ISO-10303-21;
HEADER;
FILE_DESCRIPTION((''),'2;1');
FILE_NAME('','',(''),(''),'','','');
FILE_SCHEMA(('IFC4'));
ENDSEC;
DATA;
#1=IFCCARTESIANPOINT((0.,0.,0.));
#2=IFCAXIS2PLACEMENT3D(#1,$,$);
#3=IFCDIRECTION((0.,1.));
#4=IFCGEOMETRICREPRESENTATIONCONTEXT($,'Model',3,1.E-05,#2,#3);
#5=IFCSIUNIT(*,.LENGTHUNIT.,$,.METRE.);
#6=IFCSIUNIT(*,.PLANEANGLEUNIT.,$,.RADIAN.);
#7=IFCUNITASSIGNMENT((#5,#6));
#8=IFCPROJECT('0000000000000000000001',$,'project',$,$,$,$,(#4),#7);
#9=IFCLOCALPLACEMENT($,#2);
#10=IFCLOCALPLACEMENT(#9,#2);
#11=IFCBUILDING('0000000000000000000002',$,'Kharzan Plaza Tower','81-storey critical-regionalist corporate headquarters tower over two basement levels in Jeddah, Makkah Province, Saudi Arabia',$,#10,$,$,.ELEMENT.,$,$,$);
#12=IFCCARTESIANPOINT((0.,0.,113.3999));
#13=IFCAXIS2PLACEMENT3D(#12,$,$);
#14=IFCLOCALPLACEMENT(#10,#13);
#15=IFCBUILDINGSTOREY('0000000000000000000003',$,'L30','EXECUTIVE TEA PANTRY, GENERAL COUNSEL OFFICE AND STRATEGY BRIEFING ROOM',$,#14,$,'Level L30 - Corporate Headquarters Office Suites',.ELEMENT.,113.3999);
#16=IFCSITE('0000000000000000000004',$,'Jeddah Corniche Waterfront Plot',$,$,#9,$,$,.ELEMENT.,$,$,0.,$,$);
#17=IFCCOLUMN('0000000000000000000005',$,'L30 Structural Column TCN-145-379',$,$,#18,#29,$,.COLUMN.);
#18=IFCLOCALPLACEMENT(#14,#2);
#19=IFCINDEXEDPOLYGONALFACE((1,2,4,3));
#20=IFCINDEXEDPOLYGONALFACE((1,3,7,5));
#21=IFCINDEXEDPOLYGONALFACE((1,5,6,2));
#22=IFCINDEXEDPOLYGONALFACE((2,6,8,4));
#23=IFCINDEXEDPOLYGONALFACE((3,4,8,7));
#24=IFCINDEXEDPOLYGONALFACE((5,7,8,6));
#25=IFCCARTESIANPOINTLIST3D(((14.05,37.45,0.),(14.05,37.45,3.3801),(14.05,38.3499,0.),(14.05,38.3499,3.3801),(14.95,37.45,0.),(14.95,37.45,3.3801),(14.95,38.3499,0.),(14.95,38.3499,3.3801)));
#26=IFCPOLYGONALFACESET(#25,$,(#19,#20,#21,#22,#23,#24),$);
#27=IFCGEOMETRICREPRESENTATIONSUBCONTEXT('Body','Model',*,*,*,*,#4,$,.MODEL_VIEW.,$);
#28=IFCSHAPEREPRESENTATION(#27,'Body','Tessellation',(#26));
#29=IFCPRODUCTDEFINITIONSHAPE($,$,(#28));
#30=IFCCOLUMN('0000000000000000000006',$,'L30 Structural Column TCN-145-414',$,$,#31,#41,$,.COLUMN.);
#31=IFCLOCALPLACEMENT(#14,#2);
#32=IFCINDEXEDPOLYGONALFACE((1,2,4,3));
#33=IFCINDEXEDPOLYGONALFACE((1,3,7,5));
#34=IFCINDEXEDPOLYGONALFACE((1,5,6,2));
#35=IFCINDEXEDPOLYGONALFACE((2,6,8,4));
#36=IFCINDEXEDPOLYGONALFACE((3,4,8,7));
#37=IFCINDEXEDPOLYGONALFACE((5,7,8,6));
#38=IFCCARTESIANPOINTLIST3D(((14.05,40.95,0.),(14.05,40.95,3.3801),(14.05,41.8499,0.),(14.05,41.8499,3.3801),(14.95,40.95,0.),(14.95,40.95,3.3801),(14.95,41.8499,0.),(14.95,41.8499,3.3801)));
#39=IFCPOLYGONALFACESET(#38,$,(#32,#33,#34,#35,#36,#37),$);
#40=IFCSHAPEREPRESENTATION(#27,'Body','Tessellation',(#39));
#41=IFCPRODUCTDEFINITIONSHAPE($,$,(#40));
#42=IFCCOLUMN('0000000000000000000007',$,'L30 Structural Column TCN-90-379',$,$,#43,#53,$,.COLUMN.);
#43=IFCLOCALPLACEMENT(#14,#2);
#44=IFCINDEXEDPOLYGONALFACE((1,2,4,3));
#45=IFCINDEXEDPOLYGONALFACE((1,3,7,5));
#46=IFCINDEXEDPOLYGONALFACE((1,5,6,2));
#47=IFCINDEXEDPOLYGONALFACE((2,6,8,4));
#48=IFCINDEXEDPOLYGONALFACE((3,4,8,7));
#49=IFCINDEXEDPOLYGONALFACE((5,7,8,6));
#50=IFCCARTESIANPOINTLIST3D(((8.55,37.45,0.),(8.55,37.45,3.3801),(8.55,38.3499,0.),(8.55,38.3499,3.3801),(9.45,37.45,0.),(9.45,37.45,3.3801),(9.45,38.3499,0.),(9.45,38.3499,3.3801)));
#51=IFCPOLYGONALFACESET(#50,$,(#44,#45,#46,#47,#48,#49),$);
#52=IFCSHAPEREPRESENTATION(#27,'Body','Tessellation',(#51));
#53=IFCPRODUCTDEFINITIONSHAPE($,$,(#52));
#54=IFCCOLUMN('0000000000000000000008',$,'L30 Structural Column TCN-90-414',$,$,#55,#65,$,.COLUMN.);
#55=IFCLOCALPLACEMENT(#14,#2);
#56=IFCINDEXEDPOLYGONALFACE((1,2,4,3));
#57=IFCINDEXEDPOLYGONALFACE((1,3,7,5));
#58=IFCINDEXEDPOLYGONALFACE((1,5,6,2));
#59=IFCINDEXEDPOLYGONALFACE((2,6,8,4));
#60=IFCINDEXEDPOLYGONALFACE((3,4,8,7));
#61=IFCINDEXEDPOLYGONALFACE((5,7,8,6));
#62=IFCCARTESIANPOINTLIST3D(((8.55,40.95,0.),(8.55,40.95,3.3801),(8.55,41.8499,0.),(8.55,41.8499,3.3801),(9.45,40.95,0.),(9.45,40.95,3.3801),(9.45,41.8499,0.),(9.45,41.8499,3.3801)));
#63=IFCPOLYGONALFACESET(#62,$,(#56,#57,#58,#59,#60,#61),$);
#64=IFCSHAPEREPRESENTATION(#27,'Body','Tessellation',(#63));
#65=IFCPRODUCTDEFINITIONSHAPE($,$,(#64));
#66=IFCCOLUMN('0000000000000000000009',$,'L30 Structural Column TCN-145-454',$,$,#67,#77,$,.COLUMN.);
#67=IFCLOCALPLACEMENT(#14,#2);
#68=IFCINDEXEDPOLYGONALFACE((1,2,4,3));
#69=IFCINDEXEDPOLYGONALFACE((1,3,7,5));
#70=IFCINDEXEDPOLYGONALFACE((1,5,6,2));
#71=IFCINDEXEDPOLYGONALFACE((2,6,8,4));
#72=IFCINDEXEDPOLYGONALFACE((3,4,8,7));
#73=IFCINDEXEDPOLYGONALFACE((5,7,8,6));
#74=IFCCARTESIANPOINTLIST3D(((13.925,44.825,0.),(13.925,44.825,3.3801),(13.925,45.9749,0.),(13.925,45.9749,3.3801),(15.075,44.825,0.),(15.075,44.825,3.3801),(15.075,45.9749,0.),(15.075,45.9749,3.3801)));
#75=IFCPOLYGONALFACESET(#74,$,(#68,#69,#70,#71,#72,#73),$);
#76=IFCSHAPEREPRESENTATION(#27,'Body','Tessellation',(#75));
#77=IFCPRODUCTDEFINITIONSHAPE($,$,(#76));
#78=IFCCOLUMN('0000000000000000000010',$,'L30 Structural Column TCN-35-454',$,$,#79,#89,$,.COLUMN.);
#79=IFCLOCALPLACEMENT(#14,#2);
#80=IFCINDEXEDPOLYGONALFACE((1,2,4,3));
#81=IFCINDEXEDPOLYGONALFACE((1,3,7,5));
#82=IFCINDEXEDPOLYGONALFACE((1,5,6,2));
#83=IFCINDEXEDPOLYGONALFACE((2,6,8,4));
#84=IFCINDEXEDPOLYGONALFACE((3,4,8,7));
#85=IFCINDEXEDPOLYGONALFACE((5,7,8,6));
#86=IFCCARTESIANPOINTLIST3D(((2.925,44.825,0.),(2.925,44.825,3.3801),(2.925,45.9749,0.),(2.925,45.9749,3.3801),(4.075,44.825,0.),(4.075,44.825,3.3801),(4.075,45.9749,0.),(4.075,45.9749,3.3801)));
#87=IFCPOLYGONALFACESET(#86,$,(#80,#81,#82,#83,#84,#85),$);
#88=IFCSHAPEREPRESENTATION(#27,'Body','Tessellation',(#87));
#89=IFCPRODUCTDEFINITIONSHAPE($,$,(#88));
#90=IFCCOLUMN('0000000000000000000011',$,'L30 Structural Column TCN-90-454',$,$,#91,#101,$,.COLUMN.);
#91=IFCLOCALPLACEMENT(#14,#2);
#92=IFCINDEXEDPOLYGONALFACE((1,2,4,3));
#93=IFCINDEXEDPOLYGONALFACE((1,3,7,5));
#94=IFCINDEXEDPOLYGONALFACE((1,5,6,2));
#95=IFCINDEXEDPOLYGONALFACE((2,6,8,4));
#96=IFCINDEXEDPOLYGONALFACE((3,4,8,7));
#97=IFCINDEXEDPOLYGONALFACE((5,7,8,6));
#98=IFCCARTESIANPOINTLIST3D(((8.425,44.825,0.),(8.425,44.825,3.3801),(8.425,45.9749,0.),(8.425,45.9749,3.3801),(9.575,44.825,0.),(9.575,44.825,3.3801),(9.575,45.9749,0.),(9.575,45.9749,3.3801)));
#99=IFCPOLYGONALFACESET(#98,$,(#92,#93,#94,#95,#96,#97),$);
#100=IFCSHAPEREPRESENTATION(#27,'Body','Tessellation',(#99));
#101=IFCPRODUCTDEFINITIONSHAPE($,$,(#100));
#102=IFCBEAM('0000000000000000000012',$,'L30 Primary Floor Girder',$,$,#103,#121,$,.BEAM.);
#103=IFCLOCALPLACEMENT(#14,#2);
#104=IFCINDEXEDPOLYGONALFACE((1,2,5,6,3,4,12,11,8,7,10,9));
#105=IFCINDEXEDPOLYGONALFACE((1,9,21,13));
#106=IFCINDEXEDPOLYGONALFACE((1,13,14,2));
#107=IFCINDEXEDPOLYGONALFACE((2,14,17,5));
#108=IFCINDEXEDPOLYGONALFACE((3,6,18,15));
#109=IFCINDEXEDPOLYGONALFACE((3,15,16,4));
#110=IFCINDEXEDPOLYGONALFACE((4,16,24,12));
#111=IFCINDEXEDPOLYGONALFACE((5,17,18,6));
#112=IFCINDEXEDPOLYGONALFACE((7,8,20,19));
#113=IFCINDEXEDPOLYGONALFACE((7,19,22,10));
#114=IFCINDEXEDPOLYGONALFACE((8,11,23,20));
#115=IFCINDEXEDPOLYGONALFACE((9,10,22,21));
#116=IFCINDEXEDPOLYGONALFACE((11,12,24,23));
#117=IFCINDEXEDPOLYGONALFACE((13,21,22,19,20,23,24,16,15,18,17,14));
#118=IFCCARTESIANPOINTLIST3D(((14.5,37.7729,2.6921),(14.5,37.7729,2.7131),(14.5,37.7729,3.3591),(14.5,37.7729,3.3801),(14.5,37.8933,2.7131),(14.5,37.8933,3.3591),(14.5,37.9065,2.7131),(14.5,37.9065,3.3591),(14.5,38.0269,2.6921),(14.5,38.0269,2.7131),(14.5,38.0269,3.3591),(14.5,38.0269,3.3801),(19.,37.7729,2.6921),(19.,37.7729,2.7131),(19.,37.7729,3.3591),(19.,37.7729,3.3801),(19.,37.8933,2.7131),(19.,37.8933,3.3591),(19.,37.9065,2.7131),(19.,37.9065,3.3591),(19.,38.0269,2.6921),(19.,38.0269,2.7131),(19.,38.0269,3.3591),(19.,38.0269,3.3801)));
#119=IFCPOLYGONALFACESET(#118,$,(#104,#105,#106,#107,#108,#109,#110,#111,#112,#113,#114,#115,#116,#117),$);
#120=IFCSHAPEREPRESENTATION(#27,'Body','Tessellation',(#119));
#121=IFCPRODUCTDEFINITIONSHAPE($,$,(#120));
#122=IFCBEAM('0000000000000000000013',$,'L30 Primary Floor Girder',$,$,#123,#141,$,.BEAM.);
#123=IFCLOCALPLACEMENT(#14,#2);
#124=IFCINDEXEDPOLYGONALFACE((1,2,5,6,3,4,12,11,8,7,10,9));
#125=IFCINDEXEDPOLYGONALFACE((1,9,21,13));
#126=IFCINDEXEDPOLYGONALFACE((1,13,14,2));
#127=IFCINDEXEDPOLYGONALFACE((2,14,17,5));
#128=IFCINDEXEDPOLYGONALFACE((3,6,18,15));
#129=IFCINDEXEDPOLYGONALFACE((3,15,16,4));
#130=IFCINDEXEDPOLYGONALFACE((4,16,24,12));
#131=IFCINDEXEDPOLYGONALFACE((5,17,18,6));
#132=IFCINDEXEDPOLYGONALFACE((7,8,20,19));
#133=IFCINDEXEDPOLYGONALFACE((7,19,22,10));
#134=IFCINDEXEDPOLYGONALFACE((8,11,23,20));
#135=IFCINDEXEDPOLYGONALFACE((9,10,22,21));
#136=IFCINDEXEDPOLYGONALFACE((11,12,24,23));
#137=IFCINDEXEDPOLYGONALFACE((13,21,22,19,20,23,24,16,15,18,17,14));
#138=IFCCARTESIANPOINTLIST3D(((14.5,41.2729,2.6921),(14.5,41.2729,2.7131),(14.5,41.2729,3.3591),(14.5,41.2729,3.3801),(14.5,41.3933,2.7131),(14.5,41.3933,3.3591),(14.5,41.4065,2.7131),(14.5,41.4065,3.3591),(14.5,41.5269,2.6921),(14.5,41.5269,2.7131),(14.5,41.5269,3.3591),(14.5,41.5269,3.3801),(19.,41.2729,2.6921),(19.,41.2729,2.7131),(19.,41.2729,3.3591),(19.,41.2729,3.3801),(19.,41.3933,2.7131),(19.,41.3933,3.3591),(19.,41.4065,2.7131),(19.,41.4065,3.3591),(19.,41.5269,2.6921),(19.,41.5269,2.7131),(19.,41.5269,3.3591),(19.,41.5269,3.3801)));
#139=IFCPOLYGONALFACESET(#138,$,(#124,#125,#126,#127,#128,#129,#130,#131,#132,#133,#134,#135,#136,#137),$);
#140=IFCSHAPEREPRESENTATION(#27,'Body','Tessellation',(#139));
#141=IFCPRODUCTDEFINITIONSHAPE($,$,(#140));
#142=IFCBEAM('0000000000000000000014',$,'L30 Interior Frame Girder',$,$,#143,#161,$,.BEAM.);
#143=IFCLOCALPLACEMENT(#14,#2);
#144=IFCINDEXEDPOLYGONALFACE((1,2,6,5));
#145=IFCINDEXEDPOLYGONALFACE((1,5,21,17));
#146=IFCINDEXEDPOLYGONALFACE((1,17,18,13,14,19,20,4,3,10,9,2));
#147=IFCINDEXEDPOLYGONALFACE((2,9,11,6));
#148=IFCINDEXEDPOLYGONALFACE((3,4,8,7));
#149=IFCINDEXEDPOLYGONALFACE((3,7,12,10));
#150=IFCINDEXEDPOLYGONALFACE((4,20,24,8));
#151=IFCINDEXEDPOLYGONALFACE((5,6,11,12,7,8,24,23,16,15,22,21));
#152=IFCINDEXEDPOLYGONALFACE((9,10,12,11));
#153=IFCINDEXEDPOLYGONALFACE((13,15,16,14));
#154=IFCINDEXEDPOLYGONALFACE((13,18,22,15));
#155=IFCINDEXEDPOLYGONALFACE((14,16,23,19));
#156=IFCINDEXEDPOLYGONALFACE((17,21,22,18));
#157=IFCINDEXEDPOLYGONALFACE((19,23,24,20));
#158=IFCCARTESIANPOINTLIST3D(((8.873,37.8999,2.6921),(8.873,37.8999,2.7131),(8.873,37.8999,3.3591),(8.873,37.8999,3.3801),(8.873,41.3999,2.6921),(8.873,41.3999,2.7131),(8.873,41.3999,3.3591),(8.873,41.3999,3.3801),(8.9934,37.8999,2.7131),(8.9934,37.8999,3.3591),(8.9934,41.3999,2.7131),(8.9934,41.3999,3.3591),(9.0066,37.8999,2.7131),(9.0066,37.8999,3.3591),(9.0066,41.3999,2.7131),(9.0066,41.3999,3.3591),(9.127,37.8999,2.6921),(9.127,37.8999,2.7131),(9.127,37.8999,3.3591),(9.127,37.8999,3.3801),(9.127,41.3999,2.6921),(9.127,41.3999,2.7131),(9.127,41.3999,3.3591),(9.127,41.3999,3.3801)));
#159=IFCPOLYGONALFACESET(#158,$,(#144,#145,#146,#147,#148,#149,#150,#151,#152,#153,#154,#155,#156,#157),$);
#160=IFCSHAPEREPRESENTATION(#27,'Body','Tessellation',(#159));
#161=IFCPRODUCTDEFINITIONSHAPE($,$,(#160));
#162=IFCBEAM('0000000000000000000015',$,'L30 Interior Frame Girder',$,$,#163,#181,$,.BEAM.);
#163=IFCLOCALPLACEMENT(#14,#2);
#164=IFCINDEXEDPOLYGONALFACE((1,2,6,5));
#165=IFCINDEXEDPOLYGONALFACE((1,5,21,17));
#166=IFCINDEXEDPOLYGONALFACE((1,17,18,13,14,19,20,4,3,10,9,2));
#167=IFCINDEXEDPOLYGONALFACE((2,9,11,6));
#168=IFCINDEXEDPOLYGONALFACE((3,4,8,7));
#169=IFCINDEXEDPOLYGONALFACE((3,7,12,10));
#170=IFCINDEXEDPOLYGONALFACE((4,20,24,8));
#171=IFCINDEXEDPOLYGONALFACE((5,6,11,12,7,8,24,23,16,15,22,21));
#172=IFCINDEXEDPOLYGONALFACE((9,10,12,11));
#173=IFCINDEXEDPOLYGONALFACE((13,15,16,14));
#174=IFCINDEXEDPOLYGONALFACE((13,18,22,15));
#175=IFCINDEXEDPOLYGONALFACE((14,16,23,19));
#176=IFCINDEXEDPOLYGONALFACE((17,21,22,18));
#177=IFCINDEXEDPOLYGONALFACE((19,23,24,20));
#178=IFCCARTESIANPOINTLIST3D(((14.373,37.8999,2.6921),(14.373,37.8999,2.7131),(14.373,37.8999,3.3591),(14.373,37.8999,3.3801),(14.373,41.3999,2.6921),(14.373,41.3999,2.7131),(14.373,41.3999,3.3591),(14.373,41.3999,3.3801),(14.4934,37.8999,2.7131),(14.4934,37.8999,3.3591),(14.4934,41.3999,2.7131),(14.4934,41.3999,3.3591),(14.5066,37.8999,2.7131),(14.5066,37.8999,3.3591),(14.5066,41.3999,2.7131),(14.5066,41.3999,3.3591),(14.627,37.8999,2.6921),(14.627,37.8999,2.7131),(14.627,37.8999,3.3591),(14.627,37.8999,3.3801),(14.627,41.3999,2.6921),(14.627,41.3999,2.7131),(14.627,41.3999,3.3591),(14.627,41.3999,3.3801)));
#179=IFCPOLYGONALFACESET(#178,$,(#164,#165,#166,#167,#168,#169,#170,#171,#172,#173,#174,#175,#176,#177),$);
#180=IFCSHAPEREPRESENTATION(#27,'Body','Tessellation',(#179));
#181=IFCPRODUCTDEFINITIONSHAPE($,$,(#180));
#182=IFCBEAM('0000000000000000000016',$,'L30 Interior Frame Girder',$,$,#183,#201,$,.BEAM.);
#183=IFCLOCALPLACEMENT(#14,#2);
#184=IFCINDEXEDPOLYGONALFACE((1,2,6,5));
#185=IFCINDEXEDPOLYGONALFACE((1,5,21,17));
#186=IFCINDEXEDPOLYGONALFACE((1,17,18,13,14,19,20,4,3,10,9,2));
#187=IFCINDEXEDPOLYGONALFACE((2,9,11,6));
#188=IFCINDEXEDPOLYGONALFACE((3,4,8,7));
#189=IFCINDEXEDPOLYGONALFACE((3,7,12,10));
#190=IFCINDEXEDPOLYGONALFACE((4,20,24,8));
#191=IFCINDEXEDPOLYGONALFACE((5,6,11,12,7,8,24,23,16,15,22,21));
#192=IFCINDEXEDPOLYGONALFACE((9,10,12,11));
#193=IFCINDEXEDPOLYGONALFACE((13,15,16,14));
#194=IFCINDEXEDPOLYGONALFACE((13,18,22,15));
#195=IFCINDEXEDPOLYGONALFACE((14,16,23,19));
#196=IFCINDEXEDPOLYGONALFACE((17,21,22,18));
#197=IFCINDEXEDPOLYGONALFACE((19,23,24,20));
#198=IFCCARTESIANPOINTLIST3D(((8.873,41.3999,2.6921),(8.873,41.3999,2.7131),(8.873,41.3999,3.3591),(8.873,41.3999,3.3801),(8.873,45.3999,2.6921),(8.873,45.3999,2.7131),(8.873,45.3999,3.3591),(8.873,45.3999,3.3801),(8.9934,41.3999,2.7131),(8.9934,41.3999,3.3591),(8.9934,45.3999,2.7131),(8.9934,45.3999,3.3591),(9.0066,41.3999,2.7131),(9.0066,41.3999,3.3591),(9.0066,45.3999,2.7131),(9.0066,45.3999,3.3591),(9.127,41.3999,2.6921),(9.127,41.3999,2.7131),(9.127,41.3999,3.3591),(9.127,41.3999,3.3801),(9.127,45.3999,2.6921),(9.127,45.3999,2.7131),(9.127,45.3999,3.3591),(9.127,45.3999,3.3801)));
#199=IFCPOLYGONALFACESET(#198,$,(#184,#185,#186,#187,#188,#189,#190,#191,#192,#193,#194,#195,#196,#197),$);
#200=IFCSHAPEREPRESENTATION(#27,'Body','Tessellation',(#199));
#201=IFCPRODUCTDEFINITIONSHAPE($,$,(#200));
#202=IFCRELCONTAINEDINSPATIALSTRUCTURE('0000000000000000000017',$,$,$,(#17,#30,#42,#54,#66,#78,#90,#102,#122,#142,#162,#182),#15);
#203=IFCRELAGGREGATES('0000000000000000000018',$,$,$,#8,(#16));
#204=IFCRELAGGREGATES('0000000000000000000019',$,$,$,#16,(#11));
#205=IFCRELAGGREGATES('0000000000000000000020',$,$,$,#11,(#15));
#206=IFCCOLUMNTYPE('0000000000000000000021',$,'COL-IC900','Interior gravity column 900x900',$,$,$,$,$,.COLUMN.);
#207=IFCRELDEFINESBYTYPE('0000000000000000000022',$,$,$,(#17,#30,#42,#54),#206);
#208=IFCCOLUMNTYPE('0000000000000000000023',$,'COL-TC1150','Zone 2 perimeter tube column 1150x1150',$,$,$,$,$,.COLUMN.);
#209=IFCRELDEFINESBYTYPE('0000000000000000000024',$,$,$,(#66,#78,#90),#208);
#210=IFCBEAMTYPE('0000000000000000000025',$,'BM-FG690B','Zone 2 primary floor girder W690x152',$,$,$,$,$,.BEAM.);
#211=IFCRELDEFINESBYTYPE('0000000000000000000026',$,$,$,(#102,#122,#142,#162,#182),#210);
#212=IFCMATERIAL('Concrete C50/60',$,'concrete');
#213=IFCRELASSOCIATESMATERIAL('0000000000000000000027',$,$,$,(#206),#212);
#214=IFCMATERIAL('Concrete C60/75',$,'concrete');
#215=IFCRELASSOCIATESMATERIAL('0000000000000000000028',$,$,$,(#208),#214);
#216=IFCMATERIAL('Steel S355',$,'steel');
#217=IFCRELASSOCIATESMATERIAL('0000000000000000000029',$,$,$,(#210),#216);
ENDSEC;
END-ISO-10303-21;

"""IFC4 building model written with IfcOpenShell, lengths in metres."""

from ifc_helpers import new_model, si_unit, direction, frame, origin, origin_2d, place, context, subcontext, project, spatial, rectangle, i_section, extrude, source, transform, mapped, material, material_profile, profile_set, type_object, element, save


model = new_model("IFC4")

# Units and contexts
model_context = context("Model", 3, precision=1e-05, world=origin(), true_north=direction((0.0, 1.0)))
body_context = subcontext(model_context, "Body", "Model", "MODEL_VIEW")
ifc_project = project(units=[si_unit("LENGTHUNIT", "METRE"), si_unit("PLANEANGLEUNIT", "RADIAN")], contexts=[model_context])

# Site, building, storey
site_placement = place(None, origin())
site = spatial("IfcSite", under=ifc_project, at=site_placement, Name="Jeddah Corniche Waterfront Plot", CompositionType="ELEMENT", RefElevation=0.0)
building_placement = place(site_placement, origin())
building = spatial("IfcBuilding", under=site, at=building_placement, Name="Kharzan Plaza Tower", Description="81-storey critical-regionalist corporate headquarters tower over two basement levels in Jeddah, Makkah Province, Saudi Arabia", CompositionType="ELEMENT")
storey_placement = place(building_placement, frame((0.0, 0.0, 113.3999)))
storey = spatial("IfcBuildingStorey", under=building, at=storey_placement, Name="L30", Description="EXECUTIVE TEA PANTRY, GENERAL COUNSEL OFFICE AND STRATEGY BRIEFING ROOM", LongName="Level L30 - Corporate Headquarters Office Suites", CompositionType="ELEMENT", Elevation=113.3999)

# Columns
ifc_material_1 = material(Name="Concrete C50/60", Category="concrete")
ifc_material_profile_1 = material_profile(ifc_material_1, rectangle(XDim=0.8999, YDim=0.8999, at=origin_2d()), Name="RC-IC900x900")
ifc_profile_set_1 = profile_set([ifc_material_profile_1], Name="Concrete C50/60")
column_type_1 = type_object("IfcColumnType", Name="COL-IC900", Description="Interior gravity column 900x900", PredefinedType="COLUMN", material=ifc_profile_set_1)
shared_shape_1 = source(origin(), body_context, "Body", "SweptSolid", [
    extrude(rectangle(XDim=0.8999, YDim=0.8999, at=origin_2d()), origin(), (0.0, 0.0, 1.0), 3.3801),
])
for number, where, z_axis, x_axis, name in (
    (1, (14.5, 37.8999, 0.0), (0.0, 0.0, 1.0), (1.0, 0.0, 0.0), "L30 Structural Column TCN-145-379"),
    (2, (14.5, 41.3999, 0.0), (0.0, 0.0, 1.0), (1.0, 0.0, 0.0), "L30 Structural Column TCN-145-414"),
    (3, (9.0, 37.8999, 0.0), (0.0, 0.0, 1.0), (1.0, 0.0, 0.0), "L30 Structural Column TCN-90-379"),
    (4, (9.0, 41.3999, 0.0), (0.0, 0.0, 1.0), (1.0, 0.0, 0.0), "L30 Structural Column TCN-90-414"),
):
    element("IfcColumn", number, at=place(storey_placement, frame(where, z_axis=z_axis, x_axis=x_axis)), inside=storey, type_object=column_type_1, Name=name, PredefinedType="COLUMN", context=body_context, shape_type="MappedRepresentation", body=[
        mapped(shared_shape_1, transform((0.0, 0.0, 0.0), x_axis=(1.0, 0.0, 0.0), y_axis=(0.0, 1.0, 0.0), z_axis=(0.0, 0.0, 1.0))),
    ])
ifc_material_2 = material(Name="Concrete C60/75", Category="concrete")
ifc_material_profile_2 = material_profile(ifc_material_2, rectangle(XDim=1.1499, YDim=1.1499, at=origin_2d()), Name="RC-TC1150x1150")
ifc_profile_set_2 = profile_set([ifc_material_profile_2], Name="Concrete C60/75")
column_type_2 = type_object("IfcColumnType", Name="COL-TC1150", Description="Zone 2 perimeter tube column 1150x1150", PredefinedType="COLUMN", material=ifc_profile_set_2)
shared_shape_2 = source(origin(), body_context, "Body", "SweptSolid", [
    extrude(rectangle(XDim=1.1499, YDim=1.1499, at=origin_2d()), origin(), (0.0, 0.0, 1.0), 3.3801),
])
for number, where, z_axis, x_axis, name in (
    (5, (14.5, 45.3999, 0.0), (0.0, 0.0, 1.0), (1.0, 0.0, 0.0), "L30 Structural Column TCN-145-454"),
    (6, (3.5, 45.3999, 0.0), (0.0, 0.0, 1.0), (1.0, 0.0, 0.0), "L30 Structural Column TCN-35-454"),
    (7, (9.0, 45.3999, 0.0), (0.0, 0.0, 1.0), (1.0, 0.0, 0.0), "L30 Structural Column TCN-90-454"),
):
    element("IfcColumn", number, at=place(storey_placement, frame(where, z_axis=z_axis, x_axis=x_axis)), inside=storey, type_object=column_type_2, Name=name, PredefinedType="COLUMN", context=body_context, shape_type="MappedRepresentation", body=[
        mapped(shared_shape_2, transform((0.0, 0.0, 0.0), x_axis=(1.0, 0.0, 0.0), y_axis=(0.0, 1.0, 0.0), z_axis=(0.0, 0.0, 1.0))),
    ])

# Beams
ifc_material_3 = material(Name="Steel S355", Category="steel")
ifc_material_profile_3 = material_profile(ifc_material_3, i_section(OverallWidth=0.2539, OverallDepth=0.688, WebThickness=0.0132, FlangeThickness=0.021, at=origin_2d()), Name="W690x152")
ifc_profile_set_3 = profile_set([ifc_material_profile_3], Name="Steel S355")
beam_type_1 = type_object("IfcBeamType", Name="BM-FG690B", Description="Zone 2 primary floor girder W690x152", PredefinedType="BEAM", material=ifc_profile_set_3)
shared_shape_3 = source(origin(), body_context, "Body", "SweptSolid", [
    extrude(i_section(OverallWidth=0.2539, OverallDepth=0.688, WebThickness=0.0132, FlangeThickness=0.021, at=origin_2d()), origin(), (0.0, 0.0, 1.0), 4.5),
])
for number, where, z_axis, x_axis, name in (
    (8, (14.5, 37.8999, 3.0361), (1.0, 0.0, 0.0), (0.0, 1.0, 0.0), "L30 Primary Floor Girder"),
    (9, (14.5, 41.3999, 3.0361), (1.0, 0.0, 0.0), (0.0, 1.0, 0.0), "L30 Primary Floor Girder"),
):
    element("IfcBeam", number, at=place(storey_placement, frame(where, z_axis=z_axis, x_axis=x_axis)), inside=storey, type_object=beam_type_1, Name=name, PredefinedType="BEAM", context=body_context, shape_type="MappedRepresentation", body=[
        mapped(shared_shape_3, transform((0.0, 0.0, 0.0), x_axis=(1.0, 0.0, 0.0), y_axis=(0.0, 1.0, 0.0), z_axis=(0.0, 0.0, 1.0))),
    ])
shared_shape_4 = source(origin(), body_context, "Body", "SweptSolid", [
    extrude(i_section(OverallWidth=0.2539, OverallDepth=0.688, WebThickness=0.0132, FlangeThickness=0.021, at=origin_2d()), origin(), (0.0, 0.0, 1.0), 3.5),
])
for number, where, z_axis, x_axis, name in (
    (10, (9.0, 37.8999, 3.0361), (0.0, 1.0, 0.0), (-1.0, 0.0, 0.0), "L30 Interior Frame Girder"),
    (11, (14.5, 37.8999, 3.0361), (0.0, 1.0, 0.0), (-1.0, 0.0, 0.0), "L30 Interior Frame Girder"),
):
    element("IfcBeam", number, at=place(storey_placement, frame(where, z_axis=z_axis, x_axis=x_axis)), inside=storey, type_object=beam_type_1, Name=name, PredefinedType="BEAM", context=body_context, shape_type="MappedRepresentation", body=[
        mapped(shared_shape_4, transform((0.0, 0.0, 0.0), x_axis=(1.0, 0.0, 0.0), y_axis=(0.0, 1.0, 0.0), z_axis=(0.0, 0.0, 1.0))),
    ])
shared_shape_5 = source(origin(), body_context, "Body", "SweptSolid", [
    extrude(i_section(OverallWidth=0.2539, OverallDepth=0.688, WebThickness=0.0132, FlangeThickness=0.021, at=origin_2d()), origin(), (0.0, 0.0, 1.0), 4.0),
])
for number, where, z_axis, x_axis, name in (
    (12, (9.0, 41.3999, 3.0361), (0.0, 1.0, 0.0), (-1.0, 0.0, 0.0), "L30 Interior Frame Girder"),
):
    element("IfcBeam", number, at=place(storey_placement, frame(where, z_axis=z_axis, x_axis=x_axis)), inside=storey, type_object=beam_type_1, Name=name, PredefinedType="BEAM", context=body_context, shape_type="MappedRepresentation", body=[
        mapped(shared_shape_5, transform((0.0, 0.0, 0.0), x_axis=(1.0, 0.0, 0.0), y_axis=(0.0, 1.0, 0.0), z_axis=(0.0, 0.0, 1.0))),
    ])

save(model, "model.ifc")
